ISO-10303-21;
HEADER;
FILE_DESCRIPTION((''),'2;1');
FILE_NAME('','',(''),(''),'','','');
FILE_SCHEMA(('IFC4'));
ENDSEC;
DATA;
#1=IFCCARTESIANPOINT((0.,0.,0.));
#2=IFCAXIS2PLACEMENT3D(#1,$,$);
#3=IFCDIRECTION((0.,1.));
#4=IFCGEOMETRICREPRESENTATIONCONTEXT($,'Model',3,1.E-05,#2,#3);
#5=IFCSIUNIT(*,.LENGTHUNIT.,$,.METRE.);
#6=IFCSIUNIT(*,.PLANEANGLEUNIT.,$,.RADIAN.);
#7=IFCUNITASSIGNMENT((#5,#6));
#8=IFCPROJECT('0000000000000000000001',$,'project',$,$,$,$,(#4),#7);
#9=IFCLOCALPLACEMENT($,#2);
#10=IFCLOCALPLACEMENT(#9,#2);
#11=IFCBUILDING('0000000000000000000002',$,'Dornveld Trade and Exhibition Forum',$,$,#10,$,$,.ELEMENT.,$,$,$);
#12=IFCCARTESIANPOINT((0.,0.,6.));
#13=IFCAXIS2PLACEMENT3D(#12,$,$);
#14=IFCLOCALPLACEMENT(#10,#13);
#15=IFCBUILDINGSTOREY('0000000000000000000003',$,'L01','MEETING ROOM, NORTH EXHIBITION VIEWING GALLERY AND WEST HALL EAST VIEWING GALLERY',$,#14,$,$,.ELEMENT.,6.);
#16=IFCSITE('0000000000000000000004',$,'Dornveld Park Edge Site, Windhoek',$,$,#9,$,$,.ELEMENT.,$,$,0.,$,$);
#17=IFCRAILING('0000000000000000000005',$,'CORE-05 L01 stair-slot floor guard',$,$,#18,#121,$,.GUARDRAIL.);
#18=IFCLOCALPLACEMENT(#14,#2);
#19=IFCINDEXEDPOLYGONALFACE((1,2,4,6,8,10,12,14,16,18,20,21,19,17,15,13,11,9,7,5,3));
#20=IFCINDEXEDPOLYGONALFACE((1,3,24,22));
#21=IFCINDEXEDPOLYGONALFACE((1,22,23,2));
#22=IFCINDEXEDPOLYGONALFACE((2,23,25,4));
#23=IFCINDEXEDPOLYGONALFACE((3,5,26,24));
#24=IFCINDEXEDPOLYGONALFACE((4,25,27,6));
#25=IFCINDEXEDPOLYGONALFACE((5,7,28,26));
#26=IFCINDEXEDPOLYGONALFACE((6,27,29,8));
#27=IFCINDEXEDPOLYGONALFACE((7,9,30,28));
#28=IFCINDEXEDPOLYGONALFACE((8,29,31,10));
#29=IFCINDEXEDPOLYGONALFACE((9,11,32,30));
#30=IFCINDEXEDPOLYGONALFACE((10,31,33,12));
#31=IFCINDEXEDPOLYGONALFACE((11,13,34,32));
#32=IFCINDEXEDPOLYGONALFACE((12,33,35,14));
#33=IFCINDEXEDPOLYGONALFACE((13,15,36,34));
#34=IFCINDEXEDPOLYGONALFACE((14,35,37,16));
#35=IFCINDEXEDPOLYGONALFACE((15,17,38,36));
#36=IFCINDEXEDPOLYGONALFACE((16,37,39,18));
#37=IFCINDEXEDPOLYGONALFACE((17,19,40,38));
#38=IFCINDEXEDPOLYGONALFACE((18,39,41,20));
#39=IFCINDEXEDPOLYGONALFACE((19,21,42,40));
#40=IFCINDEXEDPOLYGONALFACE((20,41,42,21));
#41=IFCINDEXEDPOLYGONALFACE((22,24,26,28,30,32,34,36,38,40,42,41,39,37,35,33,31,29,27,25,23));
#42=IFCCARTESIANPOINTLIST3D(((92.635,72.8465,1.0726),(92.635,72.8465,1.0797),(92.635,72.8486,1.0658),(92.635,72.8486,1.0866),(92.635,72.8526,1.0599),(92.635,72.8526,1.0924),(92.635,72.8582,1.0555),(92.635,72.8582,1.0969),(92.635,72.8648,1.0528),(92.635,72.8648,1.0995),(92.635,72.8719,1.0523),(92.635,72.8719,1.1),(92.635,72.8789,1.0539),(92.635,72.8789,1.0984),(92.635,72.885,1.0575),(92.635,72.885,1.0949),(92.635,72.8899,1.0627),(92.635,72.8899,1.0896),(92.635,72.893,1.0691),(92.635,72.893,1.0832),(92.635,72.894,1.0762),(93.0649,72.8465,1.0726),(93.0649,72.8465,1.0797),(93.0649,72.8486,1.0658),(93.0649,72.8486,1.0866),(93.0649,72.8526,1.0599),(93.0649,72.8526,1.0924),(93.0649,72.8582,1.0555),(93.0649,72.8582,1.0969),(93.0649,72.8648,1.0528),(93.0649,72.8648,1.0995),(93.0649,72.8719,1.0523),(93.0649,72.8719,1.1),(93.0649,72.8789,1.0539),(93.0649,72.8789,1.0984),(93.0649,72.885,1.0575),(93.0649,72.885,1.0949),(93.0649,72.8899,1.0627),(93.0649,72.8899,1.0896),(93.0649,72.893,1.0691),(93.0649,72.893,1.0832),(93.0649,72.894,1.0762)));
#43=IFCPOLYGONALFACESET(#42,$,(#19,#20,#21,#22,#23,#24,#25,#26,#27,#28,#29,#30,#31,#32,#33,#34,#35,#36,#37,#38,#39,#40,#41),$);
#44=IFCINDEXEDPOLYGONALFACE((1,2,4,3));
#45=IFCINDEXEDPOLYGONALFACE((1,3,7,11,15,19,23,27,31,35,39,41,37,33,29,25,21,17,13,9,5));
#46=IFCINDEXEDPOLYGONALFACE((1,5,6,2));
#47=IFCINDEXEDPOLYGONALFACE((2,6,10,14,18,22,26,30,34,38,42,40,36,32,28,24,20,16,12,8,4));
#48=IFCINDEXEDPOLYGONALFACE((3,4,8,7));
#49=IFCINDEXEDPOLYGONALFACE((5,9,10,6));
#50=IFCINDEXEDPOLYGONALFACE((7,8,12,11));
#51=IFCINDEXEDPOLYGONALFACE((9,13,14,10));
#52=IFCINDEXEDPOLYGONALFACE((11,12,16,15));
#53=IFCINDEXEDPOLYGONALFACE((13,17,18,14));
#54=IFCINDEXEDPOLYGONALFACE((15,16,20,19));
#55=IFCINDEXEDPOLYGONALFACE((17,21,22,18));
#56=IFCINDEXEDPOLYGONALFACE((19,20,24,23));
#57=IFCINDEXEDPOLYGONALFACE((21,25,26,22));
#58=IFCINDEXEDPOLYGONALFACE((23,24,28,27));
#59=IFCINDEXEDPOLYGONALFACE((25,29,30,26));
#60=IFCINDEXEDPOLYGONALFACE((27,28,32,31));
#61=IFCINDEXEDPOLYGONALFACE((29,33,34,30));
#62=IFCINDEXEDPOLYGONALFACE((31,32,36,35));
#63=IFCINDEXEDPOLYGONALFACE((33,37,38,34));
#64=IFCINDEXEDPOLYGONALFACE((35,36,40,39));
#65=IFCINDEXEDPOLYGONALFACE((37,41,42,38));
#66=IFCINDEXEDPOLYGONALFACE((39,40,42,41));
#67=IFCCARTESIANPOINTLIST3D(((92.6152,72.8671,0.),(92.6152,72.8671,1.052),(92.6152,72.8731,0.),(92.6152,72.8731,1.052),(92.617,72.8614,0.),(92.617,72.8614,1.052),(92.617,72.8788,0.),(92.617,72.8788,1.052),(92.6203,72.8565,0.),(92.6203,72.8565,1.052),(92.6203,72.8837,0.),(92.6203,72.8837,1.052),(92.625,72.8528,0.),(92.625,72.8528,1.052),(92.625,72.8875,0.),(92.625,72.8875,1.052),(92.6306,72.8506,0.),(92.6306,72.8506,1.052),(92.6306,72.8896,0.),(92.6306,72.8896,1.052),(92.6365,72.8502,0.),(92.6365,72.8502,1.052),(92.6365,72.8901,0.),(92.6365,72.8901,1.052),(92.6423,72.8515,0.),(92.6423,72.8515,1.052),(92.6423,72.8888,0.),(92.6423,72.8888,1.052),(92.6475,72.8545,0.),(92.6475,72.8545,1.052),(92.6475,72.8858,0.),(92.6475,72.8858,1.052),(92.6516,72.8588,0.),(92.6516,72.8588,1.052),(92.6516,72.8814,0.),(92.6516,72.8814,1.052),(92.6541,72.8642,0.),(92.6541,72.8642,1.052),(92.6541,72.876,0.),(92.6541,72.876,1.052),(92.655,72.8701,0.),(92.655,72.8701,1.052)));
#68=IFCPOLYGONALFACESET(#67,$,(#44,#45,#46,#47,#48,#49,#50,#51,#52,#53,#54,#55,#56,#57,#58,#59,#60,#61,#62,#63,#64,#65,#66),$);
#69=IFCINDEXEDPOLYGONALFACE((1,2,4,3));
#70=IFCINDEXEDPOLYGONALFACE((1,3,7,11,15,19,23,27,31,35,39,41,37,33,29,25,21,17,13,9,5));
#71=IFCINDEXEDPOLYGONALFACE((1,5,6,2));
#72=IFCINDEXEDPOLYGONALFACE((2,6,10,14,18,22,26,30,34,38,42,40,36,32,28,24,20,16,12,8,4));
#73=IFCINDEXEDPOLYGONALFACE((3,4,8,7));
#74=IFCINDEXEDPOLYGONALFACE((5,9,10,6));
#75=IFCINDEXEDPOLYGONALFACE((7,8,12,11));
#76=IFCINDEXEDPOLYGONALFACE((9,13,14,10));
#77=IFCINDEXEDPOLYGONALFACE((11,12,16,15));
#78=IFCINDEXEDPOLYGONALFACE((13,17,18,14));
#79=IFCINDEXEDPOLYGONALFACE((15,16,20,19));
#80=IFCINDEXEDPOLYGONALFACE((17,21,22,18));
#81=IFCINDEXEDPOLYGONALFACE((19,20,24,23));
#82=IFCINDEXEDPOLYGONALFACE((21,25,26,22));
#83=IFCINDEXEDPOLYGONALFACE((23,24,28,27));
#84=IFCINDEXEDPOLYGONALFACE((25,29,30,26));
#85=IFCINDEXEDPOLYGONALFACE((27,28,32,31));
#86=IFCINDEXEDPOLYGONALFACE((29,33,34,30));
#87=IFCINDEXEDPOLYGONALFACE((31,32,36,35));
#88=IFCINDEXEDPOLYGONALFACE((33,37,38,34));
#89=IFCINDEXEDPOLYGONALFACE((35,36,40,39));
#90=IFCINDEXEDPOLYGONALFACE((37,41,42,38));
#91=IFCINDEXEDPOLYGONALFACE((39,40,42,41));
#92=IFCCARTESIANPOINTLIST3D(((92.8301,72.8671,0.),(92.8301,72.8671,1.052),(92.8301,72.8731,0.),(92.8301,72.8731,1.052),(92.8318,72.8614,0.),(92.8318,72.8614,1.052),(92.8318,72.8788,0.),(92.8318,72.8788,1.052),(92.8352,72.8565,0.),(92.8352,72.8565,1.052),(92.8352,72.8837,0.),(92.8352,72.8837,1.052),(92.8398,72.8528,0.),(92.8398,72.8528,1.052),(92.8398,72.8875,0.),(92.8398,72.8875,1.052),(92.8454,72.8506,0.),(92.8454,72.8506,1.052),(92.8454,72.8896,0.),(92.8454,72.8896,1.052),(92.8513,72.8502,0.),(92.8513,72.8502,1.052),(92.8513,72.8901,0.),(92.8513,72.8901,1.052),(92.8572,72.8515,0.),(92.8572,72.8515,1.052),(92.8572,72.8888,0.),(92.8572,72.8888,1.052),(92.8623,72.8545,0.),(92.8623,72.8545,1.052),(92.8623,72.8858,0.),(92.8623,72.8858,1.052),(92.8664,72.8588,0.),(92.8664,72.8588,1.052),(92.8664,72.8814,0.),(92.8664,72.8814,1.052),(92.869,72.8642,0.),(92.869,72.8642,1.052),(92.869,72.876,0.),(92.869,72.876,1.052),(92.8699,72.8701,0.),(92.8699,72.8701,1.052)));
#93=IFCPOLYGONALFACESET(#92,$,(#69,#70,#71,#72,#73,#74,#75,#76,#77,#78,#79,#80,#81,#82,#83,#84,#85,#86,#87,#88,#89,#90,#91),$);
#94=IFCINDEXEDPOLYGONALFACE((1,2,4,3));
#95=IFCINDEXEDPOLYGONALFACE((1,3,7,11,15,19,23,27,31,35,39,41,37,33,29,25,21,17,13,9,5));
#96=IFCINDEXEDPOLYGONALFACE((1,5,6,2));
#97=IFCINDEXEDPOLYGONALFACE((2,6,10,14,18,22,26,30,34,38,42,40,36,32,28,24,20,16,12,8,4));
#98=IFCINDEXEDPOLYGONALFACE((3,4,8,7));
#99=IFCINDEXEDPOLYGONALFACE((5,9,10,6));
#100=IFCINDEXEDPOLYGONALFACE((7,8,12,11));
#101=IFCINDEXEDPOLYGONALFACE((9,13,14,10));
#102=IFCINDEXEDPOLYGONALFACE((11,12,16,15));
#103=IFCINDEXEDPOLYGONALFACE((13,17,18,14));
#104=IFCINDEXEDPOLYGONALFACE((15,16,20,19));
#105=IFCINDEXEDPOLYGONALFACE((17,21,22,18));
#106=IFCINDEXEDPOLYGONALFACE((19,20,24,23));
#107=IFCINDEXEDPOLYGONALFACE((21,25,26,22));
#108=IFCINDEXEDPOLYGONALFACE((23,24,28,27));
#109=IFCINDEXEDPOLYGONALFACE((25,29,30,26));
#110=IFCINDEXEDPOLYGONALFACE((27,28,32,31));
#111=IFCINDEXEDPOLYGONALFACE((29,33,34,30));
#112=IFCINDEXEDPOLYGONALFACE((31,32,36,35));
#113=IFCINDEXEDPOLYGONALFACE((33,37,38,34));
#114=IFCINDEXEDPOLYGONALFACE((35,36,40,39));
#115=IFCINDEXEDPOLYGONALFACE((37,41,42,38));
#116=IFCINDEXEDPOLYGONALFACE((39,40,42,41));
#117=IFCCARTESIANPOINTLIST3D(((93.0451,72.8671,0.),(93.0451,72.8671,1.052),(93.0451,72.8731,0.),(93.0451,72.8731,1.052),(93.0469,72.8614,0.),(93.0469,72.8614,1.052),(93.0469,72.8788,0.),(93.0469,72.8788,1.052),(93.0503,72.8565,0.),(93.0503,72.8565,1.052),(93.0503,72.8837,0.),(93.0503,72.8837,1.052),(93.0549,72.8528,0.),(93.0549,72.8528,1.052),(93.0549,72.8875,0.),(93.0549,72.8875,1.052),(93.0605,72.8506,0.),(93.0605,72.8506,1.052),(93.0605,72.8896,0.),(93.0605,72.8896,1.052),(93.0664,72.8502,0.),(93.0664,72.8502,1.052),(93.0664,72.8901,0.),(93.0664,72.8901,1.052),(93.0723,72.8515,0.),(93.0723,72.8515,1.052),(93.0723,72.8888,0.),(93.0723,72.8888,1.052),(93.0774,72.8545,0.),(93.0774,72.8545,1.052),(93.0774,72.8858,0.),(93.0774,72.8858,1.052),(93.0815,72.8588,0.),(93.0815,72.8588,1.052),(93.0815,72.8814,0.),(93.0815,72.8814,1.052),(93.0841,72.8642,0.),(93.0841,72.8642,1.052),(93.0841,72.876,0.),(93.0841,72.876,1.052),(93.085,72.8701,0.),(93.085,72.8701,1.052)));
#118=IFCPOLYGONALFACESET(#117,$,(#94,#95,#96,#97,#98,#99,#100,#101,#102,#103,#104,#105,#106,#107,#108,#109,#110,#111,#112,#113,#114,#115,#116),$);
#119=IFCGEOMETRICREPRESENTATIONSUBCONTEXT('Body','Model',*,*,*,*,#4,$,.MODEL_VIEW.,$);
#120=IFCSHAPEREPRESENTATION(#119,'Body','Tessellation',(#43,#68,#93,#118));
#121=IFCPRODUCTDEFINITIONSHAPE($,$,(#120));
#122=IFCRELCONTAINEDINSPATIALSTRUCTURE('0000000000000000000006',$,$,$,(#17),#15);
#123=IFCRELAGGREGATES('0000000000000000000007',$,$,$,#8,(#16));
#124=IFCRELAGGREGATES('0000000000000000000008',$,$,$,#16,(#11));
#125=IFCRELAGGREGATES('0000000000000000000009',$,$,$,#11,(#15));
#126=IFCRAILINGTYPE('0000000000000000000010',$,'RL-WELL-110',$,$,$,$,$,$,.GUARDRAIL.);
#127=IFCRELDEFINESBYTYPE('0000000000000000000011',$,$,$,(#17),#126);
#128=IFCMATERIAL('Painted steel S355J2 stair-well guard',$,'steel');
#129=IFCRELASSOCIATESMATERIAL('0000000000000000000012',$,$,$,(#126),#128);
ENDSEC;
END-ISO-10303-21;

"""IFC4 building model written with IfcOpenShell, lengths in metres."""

from ifc_helpers import new_model, si_unit, direction, frame, origin, origin_2d, place, context, subcontext, project, spatial, circle, extrude, material, type_object, element, save


model = new_model("IFC4")

# Units and contexts
model_context = context("Model", 3, precision=1e-05, world=origin(), true_north=direction((0.0, 1.0)))
body_context = subcontext(model_context, "Body", "Model", "MODEL_VIEW")
ifc_project = project(units=[si_unit("LENGTHUNIT", "METRE"), si_unit("PLANEANGLEUNIT", "RADIAN")], contexts=[model_context])

# Site, building, storey
site_placement = place(None, origin())
site = spatial("IfcSite", under=ifc_project, at=site_placement, Name="Dornveld Park Edge Site, Windhoek", CompositionType="ELEMENT", RefElevation=0.0)
building_placement = place(site_placement, origin())
building = spatial("IfcBuilding", under=site, at=building_placement, Name="Dornveld Trade and Exhibition Forum", CompositionType="ELEMENT")
storey_placement = place(building_placement, frame((0.0, 0.0, 6.0)))
storey = spatial("IfcBuildingStorey", under=building, at=storey_placement, Name="L01", Description="MEETING ROOM, NORTH EXHIBITION VIEWING GALLERY AND WEST HALL EAST VIEWING GALLERY", CompositionType="ELEMENT", Elevation=6.0)

# Railing
ifc_material_1 = material(Name="Painted steel S355J2 stair-well guard", Category="steel")
railing_type_1 = type_object("IfcRailingType", Name="RL-WELL-110", PredefinedType="GUARDRAIL", material=ifc_material_1)
railing_1_placement = place(storey_placement, frame((92.635, 72.8701, 0.0)))
element("IfcRailing", 1, at=railing_1_placement, inside=storey, type_object=railing_type_1, Name="CORE-05 L01 stair-slot floor guard", PredefinedType="GUARDRAIL", context=body_context, shape_type="SweptSolid", body=[
    extrude(circle(Radius=0.0239, at=origin_2d()), frame((0.0, 0.0, 1.0762), z_axis=(1.0, 0.0, 0.0), x_axis=(0.0, 1.0, 0.0)), (0.0, 0.0, 1.0), 0.4299),
    extrude(circle(Radius=0.02, at=origin_2d()), origin(), (0.0, 0.0, 1.0), 1.052),
    extrude(circle(Radius=0.02, at=origin_2d()), frame((0.2148, 0.0, 0.0)), (0.0, 0.0, 1.0), 1.052),
    extrude(circle(Radius=0.02, at=origin_2d()), frame((0.4299, 0.0, 0.0)), (0.0, 0.0, 1.0), 1.052),
])

save(model, "model.ifc")
